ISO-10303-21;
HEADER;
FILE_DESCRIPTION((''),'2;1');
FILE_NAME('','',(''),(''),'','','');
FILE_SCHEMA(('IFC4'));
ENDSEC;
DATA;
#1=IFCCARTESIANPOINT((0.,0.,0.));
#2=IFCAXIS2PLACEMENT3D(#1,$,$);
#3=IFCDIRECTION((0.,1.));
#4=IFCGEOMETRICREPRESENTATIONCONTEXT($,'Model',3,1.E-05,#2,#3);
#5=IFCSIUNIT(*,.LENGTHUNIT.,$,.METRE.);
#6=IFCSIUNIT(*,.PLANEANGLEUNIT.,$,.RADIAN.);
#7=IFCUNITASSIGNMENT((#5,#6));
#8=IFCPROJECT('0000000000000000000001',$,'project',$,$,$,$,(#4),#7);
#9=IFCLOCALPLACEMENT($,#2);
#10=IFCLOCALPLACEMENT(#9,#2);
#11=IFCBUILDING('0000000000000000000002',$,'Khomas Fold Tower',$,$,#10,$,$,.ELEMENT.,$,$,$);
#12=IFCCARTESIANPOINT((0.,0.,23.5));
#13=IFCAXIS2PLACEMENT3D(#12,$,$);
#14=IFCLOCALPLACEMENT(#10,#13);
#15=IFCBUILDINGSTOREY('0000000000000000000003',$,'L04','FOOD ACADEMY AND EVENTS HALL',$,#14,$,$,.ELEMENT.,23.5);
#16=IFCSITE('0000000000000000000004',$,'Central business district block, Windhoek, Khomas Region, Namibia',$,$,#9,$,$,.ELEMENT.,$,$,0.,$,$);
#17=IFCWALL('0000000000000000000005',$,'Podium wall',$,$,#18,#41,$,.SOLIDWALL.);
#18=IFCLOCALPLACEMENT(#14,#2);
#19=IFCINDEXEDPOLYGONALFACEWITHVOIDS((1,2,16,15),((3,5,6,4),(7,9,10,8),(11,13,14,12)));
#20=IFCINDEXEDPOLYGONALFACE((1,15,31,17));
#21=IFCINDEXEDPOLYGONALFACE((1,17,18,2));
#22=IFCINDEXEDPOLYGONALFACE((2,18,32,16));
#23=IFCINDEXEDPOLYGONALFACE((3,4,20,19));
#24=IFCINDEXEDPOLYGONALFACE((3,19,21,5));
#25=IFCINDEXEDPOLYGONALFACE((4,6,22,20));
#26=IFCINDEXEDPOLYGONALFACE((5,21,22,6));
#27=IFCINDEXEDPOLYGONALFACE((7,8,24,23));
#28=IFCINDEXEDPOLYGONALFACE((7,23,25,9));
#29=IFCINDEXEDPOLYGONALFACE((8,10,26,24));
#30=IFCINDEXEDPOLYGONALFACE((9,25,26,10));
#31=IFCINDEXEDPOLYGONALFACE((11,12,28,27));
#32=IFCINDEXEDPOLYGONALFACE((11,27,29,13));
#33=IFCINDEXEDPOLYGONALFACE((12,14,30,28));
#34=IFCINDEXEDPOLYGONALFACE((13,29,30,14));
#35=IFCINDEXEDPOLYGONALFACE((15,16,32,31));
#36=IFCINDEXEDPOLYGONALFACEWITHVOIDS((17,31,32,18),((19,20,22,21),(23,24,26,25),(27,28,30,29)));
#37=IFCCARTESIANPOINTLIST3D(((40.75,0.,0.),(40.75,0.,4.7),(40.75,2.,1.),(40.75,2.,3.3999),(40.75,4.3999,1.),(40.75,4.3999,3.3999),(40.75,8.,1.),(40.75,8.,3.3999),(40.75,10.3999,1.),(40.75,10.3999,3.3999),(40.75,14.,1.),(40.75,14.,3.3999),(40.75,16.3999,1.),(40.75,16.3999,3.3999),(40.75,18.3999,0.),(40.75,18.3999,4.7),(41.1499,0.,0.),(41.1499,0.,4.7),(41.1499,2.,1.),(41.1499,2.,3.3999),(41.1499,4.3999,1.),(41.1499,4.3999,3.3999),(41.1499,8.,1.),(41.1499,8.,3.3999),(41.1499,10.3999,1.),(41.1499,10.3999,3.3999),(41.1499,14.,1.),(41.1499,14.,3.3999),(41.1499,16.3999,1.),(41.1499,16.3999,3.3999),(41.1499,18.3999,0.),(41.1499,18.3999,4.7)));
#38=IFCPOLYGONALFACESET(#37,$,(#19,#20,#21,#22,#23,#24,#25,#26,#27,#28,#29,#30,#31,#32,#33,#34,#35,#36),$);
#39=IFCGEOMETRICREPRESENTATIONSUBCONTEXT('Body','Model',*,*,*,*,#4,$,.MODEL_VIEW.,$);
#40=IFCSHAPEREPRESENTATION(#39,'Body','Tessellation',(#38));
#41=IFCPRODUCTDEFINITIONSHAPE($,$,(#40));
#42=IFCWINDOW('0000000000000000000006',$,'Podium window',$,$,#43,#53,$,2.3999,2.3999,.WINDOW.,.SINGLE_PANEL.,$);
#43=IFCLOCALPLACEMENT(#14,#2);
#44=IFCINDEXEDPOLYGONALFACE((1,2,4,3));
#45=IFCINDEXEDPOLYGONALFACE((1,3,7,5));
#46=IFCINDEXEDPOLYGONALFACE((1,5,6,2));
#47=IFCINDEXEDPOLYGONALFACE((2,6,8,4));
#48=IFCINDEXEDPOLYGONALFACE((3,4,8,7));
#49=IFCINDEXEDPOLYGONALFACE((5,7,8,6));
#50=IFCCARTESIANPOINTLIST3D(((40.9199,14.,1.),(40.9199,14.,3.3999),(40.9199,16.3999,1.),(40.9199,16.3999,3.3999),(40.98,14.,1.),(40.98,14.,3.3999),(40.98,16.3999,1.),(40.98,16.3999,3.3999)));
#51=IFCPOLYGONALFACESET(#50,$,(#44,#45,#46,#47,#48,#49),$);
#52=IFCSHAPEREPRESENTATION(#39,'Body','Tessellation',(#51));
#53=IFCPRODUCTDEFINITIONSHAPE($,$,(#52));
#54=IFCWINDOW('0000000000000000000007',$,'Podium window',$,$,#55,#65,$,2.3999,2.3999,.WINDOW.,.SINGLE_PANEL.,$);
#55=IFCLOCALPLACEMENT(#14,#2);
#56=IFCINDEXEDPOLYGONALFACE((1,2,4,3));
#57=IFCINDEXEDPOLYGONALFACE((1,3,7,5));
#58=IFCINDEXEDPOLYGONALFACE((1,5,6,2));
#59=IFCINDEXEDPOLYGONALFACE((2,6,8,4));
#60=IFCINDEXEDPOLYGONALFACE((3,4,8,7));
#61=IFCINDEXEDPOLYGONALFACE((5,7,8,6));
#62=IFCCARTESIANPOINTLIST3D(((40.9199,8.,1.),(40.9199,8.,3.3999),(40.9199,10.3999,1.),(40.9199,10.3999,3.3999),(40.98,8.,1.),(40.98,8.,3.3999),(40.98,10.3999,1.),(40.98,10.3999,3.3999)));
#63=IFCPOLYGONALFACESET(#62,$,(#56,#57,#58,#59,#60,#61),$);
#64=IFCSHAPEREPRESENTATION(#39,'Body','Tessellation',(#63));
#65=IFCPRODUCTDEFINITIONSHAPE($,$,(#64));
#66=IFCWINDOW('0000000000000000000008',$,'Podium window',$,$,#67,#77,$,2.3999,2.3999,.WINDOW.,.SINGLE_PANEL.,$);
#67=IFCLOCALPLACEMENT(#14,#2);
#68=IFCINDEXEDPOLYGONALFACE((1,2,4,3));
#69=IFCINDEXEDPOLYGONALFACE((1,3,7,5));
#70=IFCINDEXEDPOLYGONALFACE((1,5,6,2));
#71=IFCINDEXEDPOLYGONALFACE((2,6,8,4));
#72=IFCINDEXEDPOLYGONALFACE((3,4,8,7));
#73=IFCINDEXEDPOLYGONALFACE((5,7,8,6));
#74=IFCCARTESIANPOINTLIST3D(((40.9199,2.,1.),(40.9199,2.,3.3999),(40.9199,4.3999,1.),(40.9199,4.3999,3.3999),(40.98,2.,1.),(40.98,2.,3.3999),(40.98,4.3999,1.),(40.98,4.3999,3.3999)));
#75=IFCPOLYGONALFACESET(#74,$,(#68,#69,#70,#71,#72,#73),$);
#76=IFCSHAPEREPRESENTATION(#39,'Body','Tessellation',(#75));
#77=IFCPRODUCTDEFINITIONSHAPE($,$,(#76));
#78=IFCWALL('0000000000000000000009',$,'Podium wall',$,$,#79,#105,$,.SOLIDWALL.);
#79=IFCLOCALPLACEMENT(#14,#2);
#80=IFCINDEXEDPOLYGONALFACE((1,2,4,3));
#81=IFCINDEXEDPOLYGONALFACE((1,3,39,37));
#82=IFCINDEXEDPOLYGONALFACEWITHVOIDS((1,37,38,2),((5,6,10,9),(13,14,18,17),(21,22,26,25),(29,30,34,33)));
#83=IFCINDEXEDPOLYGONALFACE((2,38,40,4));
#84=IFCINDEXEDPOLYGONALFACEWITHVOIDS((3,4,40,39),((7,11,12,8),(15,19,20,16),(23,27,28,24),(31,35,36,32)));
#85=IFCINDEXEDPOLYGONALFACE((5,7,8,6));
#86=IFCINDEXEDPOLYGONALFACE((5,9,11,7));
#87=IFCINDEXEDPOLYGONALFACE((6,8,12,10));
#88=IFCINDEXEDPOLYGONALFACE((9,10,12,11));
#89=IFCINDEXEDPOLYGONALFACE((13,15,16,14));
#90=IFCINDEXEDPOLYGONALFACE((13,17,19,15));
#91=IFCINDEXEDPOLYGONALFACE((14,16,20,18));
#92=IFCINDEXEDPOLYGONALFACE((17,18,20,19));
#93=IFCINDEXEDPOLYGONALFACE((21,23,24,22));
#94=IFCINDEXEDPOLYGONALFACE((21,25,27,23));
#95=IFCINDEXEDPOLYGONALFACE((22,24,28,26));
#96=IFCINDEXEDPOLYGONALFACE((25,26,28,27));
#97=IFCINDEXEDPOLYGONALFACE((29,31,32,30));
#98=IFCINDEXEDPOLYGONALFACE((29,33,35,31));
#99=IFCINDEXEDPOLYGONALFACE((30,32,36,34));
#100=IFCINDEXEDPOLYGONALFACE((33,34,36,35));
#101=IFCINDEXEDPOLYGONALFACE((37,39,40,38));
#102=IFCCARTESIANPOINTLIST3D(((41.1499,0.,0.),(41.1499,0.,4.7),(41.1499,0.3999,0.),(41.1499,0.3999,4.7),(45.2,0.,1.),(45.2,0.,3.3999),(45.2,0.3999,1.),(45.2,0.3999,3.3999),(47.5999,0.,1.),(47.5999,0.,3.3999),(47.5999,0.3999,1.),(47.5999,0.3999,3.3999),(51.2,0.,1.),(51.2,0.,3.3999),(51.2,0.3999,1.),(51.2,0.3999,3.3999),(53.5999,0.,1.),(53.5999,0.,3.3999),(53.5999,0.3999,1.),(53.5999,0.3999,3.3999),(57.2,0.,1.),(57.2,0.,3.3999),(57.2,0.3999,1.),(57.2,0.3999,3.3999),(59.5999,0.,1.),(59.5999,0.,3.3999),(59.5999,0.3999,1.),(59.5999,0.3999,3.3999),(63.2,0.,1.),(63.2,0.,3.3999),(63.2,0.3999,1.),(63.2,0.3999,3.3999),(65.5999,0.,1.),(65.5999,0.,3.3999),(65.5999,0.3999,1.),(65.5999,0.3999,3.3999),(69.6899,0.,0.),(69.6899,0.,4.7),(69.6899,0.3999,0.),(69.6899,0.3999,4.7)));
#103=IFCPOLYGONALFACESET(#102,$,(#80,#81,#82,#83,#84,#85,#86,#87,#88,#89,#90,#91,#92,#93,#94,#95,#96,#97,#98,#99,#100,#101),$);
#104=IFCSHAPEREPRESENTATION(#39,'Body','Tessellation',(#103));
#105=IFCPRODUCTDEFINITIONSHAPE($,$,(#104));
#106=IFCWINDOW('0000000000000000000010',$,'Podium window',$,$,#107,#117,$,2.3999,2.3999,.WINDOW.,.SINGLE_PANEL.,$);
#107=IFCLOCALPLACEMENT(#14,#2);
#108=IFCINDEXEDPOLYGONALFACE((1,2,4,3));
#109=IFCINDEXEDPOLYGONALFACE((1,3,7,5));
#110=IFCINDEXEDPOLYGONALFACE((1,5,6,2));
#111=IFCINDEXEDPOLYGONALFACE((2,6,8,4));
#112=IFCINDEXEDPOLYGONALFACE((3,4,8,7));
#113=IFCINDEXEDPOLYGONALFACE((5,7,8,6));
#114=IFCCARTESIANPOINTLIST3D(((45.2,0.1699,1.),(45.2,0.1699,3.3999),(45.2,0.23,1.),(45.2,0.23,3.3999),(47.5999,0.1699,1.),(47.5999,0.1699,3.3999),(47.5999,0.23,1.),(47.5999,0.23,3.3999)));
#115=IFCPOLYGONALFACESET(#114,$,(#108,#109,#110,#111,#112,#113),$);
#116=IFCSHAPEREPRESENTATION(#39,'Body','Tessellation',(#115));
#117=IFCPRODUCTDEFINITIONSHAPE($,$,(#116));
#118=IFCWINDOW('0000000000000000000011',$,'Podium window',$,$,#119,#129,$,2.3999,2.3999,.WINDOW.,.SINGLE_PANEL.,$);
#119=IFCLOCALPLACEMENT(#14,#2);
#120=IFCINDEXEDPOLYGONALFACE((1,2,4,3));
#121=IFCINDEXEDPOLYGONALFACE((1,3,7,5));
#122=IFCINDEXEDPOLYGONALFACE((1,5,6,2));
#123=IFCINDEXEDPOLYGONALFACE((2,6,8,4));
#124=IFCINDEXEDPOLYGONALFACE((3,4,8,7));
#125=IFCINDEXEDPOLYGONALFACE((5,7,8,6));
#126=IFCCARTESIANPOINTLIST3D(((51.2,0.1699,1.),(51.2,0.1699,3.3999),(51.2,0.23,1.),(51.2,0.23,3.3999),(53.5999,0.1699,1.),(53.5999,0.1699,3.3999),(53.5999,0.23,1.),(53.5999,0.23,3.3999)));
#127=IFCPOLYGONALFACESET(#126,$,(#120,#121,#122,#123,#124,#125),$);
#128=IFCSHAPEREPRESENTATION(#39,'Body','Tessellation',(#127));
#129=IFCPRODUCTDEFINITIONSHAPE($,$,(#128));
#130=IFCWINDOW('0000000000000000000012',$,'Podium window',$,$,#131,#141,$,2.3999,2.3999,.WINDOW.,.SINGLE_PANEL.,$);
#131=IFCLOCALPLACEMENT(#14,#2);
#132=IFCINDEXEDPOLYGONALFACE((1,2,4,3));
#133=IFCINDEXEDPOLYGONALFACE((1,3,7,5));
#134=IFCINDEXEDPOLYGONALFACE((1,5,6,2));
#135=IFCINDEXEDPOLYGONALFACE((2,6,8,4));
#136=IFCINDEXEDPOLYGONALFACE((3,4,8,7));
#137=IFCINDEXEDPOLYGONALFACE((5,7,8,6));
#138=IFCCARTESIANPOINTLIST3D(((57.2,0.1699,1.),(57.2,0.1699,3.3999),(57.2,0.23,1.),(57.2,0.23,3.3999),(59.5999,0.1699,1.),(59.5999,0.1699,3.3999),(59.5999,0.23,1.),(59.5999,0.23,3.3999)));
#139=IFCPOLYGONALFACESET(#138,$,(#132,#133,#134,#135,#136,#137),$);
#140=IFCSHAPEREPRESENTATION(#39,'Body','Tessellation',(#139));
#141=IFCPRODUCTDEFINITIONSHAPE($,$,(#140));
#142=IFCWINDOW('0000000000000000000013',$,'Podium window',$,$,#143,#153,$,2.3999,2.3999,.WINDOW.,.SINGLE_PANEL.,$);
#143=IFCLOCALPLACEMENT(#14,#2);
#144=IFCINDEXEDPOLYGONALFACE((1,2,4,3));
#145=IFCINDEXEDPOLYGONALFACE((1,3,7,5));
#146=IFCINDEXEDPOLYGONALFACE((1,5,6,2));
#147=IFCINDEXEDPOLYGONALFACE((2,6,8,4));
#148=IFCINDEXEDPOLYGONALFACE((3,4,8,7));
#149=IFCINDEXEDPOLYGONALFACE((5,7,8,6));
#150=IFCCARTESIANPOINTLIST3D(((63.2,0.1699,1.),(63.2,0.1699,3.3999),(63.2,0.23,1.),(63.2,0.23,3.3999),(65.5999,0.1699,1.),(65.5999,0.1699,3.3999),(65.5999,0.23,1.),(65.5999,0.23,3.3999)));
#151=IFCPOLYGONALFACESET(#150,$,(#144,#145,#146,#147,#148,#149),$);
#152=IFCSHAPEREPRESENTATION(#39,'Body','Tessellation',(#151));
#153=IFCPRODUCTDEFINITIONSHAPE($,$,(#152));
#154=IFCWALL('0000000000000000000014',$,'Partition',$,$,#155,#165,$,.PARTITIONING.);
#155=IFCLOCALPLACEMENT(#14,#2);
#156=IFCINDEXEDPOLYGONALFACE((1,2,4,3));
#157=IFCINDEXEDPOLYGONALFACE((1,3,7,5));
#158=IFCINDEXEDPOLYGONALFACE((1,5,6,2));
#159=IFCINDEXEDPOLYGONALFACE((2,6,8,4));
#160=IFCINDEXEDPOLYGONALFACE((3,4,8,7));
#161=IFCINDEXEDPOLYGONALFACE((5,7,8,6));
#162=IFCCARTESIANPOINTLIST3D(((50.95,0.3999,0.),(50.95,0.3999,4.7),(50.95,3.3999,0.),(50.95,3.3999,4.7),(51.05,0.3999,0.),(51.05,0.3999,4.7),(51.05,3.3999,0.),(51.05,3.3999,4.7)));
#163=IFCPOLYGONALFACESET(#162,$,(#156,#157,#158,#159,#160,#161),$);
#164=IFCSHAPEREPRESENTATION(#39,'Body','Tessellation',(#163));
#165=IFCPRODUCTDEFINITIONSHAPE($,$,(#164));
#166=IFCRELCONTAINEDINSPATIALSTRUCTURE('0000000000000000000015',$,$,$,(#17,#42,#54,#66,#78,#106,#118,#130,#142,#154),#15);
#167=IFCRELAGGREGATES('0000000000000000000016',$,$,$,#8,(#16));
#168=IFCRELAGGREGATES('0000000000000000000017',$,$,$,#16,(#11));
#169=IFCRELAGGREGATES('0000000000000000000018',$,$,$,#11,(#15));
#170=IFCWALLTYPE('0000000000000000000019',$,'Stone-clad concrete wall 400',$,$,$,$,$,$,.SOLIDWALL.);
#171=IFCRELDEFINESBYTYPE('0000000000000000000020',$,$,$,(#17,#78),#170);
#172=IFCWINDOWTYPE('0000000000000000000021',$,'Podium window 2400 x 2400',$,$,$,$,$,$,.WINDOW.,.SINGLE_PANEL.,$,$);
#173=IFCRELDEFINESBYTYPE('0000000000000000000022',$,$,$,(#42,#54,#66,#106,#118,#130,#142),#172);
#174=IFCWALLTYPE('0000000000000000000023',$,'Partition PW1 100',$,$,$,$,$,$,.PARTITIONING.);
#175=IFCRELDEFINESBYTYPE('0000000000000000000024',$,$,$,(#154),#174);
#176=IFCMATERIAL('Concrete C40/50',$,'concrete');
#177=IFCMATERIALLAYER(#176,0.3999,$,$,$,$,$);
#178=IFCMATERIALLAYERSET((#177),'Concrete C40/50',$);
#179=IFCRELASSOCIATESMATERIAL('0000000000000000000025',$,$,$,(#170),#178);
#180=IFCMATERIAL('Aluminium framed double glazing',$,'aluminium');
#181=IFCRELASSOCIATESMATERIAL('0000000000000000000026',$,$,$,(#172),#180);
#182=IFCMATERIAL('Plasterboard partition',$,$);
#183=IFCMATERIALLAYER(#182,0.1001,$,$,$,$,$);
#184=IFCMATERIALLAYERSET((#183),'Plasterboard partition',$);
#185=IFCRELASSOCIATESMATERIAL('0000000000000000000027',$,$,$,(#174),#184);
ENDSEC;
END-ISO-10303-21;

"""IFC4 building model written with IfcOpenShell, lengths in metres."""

from ifc_helpers import new_model, si_unit, direction, frame, frame_2d, origin, place, context, subcontext, project, spatial, rectangle, extrude, source, transform, mapped, material, layer, layer_set, type_object, element, fill, save


model = new_model("IFC4")

# Units and contexts
model_context = context("Model", 3, precision=1e-05, world=origin(), true_north=direction((0.0, 1.0)))
body_context = subcontext(model_context, "Body", "Model", "MODEL_VIEW")
ifc_project = project(units=[si_unit("LENGTHUNIT", "METRE"), si_unit("PLANEANGLEUNIT", "RADIAN")], contexts=[model_context])

# Site, building, storey
site_placement = place(None, origin())
site = spatial("IfcSite", under=ifc_project, at=site_placement, Name="Central business district block, Windhoek, Khomas Region, Namibia", CompositionType="ELEMENT", RefElevation=0.0)
building_placement = place(site_placement, origin())
building = spatial("IfcBuilding", under=site, at=building_placement, Name="Khomas Fold Tower", CompositionType="ELEMENT")
storey_placement = place(building_placement, frame((0.0, 0.0, 23.5)))
storey = spatial("IfcBuildingStorey", under=building, at=storey_placement, Name="L04", Description="FOOD ACADEMY AND EVENTS HALL", CompositionType="ELEMENT", Elevation=23.5)

# Walls, openings, windows
ifc_material_1 = material(Name="Concrete C40/50", Category="concrete")
ifc_layer_1 = layer(ifc_material_1, 0.3999)
ifc_layer_set_1 = layer_set([ifc_layer_1], Name="Concrete C40/50")
wall_type_1 = type_object("IfcWallType", Name="Stone-clad concrete wall 400", PredefinedType="SOLIDWALL", material=ifc_layer_set_1)
shared_shape_1 = source(origin(), body_context, "Body", "SweptSolid", [
    extrude(rectangle(XDim=18.3999, YDim=0.3999, at=frame_2d((9.2, 0.0))), origin(), (0.0, 0.0, 1.0), 4.7),
])
wall_1_placement = place(storey_placement, frame((40.95, 18.3999, 0.0), z_axis=(0.0, 0.0, 1.0), x_axis=(0.0, -1.0, 0.0)))
wall_1 = element("IfcWall", 1, at=wall_1_placement, inside=storey, type_object=wall_type_1, Name="Podium wall", PredefinedType="SOLIDWALL", context=body_context, shape_type="MappedRepresentation", body=[
    mapped(shared_shape_1, transform((0.0, 0.0, 0.0))),
])
shared_shape_2 = source(origin(), body_context, "Body", "SweptSolid", [
    extrude(rectangle(XDim=2.3999, YDim=2.3999, at=frame_2d((1.2, 1.2))), frame((0.0, 0.21, 0.0), z_axis=(0.0, -1.0, 0.0), x_axis=(1.0, 0.0, 0.0)), (0.0, 0.0, 1.0), 0.4199),
])
opening_1_placement = place(wall_1_placement, frame((2.0, 0.0, 1.0)))
opening_1 = element("IfcOpeningElement", 2, at=opening_1_placement, cuts=wall_1, PredefinedType="OPENING", context=body_context, shape_type="MappedRepresentation", body=[
    mapped(shared_shape_2, transform((0.0, 0.0, 0.0))),
])
opening_2_placement = place(wall_1_placement, frame((8.0, 0.0, 1.0)))
opening_2 = element("IfcOpeningElement", 3, at=opening_2_placement, cuts=wall_1, PredefinedType="OPENING", context=body_context, shape_type="MappedRepresentation", body=[
    mapped(shared_shape_2, transform((0.0, 0.0, 0.0))),
])
opening_3_placement = place(wall_1_placement, frame((14.0, 0.0, 1.0)))
opening_3 = element("IfcOpeningElement", 4, at=opening_3_placement, cuts=wall_1, PredefinedType="OPENING", context=body_context, shape_type="MappedRepresentation", body=[
    mapped(shared_shape_2, transform((0.0, 0.0, 0.0))),
])
ifc_material_2 = material(Name="Aluminium framed double glazing", Category="aluminium")
window_type = type_object("IfcWindowType", Name="Podium window 2400 x 2400", PartitioningType="SINGLE_PANEL", PredefinedType="WINDOW", material=ifc_material_2)
shared_shape_3 = source(origin(), body_context, "Body", "SweptSolid", [
    extrude(rectangle(XDim=2.3999, YDim=2.3999, at=frame_2d((1.2, 1.2))), frame((0.0, 0.03, 0.0), z_axis=(0.0, -1.0, 0.0), x_axis=(1.0, 0.0, 0.0)), (0.0, 0.0, 1.0), 0.0601),
])
window_1_placement = place(opening_1_placement, origin())
window_1 = element("IfcWindow", 5, at=window_1_placement, inside=storey, type_object=window_type, Name="Podium window", OverallHeight=2.3999, OverallWidth=2.3999, PartitioningType="SINGLE_PANEL", PredefinedType="WINDOW", context=body_context, shape_type="MappedRepresentation", body=[
    mapped(shared_shape_3, transform((0.0, 0.0, 0.0))),
])
fill(opening_1, window_1)
window_2_placement = place(opening_2_placement, origin())
window_2 = element("IfcWindow", 6, at=window_2_placement, inside=storey, type_object=window_type, Name="Podium window", OverallHeight=2.3999, OverallWidth=2.3999, PartitioningType="SINGLE_PANEL", PredefinedType="WINDOW", context=body_context, shape_type="MappedRepresentation", body=[
    mapped(shared_shape_3, transform((0.0, 0.0, 0.0))),
])
fill(opening_2, window_2)
window_3_placement = place(opening_3_placement, origin())
window_3 = element("IfcWindow", 7, at=window_3_placement, inside=storey, type_object=window_type, Name="Podium window", OverallHeight=2.3999, OverallWidth=2.3999, PartitioningType="SINGLE_PANEL", PredefinedType="WINDOW", context=body_context, shape_type="MappedRepresentation", body=[
    mapped(shared_shape_3, transform((0.0, 0.0, 0.0))),
])
fill(opening_3, window_3)
shared_shape_4 = source(origin(), body_context, "Body", "SweptSolid", [
    extrude(rectangle(XDim=28.54, YDim=0.3999, at=frame_2d((14.27, 0.0))), origin(), (0.0, 0.0, 1.0), 4.7),
])
wall_2_placement = place(storey_placement, frame((41.1499, 0.2, 0.0), z_axis=(0.0, 0.0, 1.0), x_axis=(1.0, 0.0, 0.0)))
wall_2 = element("IfcWall", 8, at=wall_2_placement, inside=storey, type_object=wall_type_1, Name="Podium wall", PredefinedType="SOLIDWALL", context=body_context, shape_type="MappedRepresentation", body=[
    mapped(shared_shape_4, transform((0.0, 0.0, 0.0))),
])
opening_4_placement = place(wall_2_placement, frame((4.05, 0.0, 1.0)))
opening_4 = element("IfcOpeningElement", 9, at=opening_4_placement, cuts=wall_2, PredefinedType="OPENING", context=body_context, shape_type="MappedRepresentation", body=[
    mapped(shared_shape_2, transform((0.0, 0.0, 0.0))),
])
opening_5_placement = place(wall_2_placement, frame((10.05, 0.0, 1.0)))
opening_5 = element("IfcOpeningElement", 10, at=opening_5_placement, cuts=wall_2, PredefinedType="OPENING", context=body_context, shape_type="MappedRepresentation", body=[
    mapped(shared_shape_2, transform((0.0, 0.0, 0.0))),
])
opening_6_placement = place(wall_2_placement, frame((16.05, 0.0, 1.0)))
opening_6 = element("IfcOpeningElement", 11, at=opening_6_placement, cuts=wall_2, PredefinedType="OPENING", context=body_context, shape_type="MappedRepresentation", body=[
    mapped(shared_shape_2, transform((0.0, 0.0, 0.0))),
])
opening_7_placement = place(wall_2_placement, frame((22.05, 0.0, 1.0)))
opening_7 = element("IfcOpeningElement", 12, at=opening_7_placement, cuts=wall_2, PredefinedType="OPENING", context=body_context, shape_type="MappedRepresentation", body=[
    mapped(shared_shape_2, transform((0.0, 0.0, 0.0))),
])
window_4_placement = place(opening_4_placement, origin())
window_4 = element("IfcWindow", 13, at=window_4_placement, inside=storey, type_object=window_type, Name="Podium window", OverallHeight=2.3999, OverallWidth=2.3999, PartitioningType="SINGLE_PANEL", PredefinedType="WINDOW", context=body_context, shape_type="MappedRepresentation", body=[
    mapped(shared_shape_3, transform((0.0, 0.0, 0.0))),
])
fill(opening_4, window_4)
window_5_placement = place(opening_5_placement, origin())
window_5 = element("IfcWindow", 14, at=window_5_placement, inside=storey, type_object=window_type, Name="Podium window", OverallHeight=2.3999, OverallWidth=2.3999, PartitioningType="SINGLE_PANEL", PredefinedType="WINDOW", context=body_context, shape_type="MappedRepresentation", body=[
    mapped(shared_shape_3, transform((0.0, 0.0, 0.0))),
])
fill(opening_5, window_5)
window_6_placement = place(opening_6_placement, origin())
window_6 = element("IfcWindow", 15, at=window_6_placement, inside=storey, type_object=window_type, Name="Podium window", OverallHeight=2.3999, OverallWidth=2.3999, PartitioningType="SINGLE_PANEL", PredefinedType="WINDOW", context=body_context, shape_type="MappedRepresentation", body=[
    mapped(shared_shape_3, transform((0.0, 0.0, 0.0))),
])
fill(opening_6, window_6)
window_7_placement = place(opening_7_placement, origin())
window_7 = element("IfcWindow", 16, at=window_7_placement, inside=storey, type_object=window_type, Name="Podium window", OverallHeight=2.3999, OverallWidth=2.3999, PartitioningType="SINGLE_PANEL", PredefinedType="WINDOW", context=body_context, shape_type="MappedRepresentation", body=[
    mapped(shared_shape_3, transform((0.0, 0.0, 0.0))),
])
fill(opening_7, window_7)

# Wall
ifc_material_3 = material(Name="Plasterboard partition")
ifc_layer_2 = layer(ifc_material_3, 0.1001)
ifc_layer_set_2 = layer_set([ifc_layer_2], Name="Plasterboard partition")
wall_type_2 = type_object("IfcWallType", Name="Partition PW1 100", PredefinedType="PARTITIONING", material=ifc_layer_set_2)
shared_shape_5 = source(origin(), body_context, "Body", "SweptSolid", [
    extrude(rectangle(XDim=3.0, YDim=0.1001, at=frame_2d((1.5, 0.0))), origin(), (0.0, 0.0, 1.0), 4.7),
])
wall_3_placement = place(storey_placement, frame((51.0, 0.3999, 0.0), z_axis=(0.0, 0.0, 1.0), x_axis=(0.0, 1.0, 0.0)))
element("IfcWall", 17, at=wall_3_placement, inside=storey, type_object=wall_type_2, Name="Partition", PredefinedType="PARTITIONING", context=body_context, shape_type="MappedRepresentation", body=[
    mapped(shared_shape_5, transform((0.0, 0.0, 0.0))),
])

save(model, "model.ifc")
